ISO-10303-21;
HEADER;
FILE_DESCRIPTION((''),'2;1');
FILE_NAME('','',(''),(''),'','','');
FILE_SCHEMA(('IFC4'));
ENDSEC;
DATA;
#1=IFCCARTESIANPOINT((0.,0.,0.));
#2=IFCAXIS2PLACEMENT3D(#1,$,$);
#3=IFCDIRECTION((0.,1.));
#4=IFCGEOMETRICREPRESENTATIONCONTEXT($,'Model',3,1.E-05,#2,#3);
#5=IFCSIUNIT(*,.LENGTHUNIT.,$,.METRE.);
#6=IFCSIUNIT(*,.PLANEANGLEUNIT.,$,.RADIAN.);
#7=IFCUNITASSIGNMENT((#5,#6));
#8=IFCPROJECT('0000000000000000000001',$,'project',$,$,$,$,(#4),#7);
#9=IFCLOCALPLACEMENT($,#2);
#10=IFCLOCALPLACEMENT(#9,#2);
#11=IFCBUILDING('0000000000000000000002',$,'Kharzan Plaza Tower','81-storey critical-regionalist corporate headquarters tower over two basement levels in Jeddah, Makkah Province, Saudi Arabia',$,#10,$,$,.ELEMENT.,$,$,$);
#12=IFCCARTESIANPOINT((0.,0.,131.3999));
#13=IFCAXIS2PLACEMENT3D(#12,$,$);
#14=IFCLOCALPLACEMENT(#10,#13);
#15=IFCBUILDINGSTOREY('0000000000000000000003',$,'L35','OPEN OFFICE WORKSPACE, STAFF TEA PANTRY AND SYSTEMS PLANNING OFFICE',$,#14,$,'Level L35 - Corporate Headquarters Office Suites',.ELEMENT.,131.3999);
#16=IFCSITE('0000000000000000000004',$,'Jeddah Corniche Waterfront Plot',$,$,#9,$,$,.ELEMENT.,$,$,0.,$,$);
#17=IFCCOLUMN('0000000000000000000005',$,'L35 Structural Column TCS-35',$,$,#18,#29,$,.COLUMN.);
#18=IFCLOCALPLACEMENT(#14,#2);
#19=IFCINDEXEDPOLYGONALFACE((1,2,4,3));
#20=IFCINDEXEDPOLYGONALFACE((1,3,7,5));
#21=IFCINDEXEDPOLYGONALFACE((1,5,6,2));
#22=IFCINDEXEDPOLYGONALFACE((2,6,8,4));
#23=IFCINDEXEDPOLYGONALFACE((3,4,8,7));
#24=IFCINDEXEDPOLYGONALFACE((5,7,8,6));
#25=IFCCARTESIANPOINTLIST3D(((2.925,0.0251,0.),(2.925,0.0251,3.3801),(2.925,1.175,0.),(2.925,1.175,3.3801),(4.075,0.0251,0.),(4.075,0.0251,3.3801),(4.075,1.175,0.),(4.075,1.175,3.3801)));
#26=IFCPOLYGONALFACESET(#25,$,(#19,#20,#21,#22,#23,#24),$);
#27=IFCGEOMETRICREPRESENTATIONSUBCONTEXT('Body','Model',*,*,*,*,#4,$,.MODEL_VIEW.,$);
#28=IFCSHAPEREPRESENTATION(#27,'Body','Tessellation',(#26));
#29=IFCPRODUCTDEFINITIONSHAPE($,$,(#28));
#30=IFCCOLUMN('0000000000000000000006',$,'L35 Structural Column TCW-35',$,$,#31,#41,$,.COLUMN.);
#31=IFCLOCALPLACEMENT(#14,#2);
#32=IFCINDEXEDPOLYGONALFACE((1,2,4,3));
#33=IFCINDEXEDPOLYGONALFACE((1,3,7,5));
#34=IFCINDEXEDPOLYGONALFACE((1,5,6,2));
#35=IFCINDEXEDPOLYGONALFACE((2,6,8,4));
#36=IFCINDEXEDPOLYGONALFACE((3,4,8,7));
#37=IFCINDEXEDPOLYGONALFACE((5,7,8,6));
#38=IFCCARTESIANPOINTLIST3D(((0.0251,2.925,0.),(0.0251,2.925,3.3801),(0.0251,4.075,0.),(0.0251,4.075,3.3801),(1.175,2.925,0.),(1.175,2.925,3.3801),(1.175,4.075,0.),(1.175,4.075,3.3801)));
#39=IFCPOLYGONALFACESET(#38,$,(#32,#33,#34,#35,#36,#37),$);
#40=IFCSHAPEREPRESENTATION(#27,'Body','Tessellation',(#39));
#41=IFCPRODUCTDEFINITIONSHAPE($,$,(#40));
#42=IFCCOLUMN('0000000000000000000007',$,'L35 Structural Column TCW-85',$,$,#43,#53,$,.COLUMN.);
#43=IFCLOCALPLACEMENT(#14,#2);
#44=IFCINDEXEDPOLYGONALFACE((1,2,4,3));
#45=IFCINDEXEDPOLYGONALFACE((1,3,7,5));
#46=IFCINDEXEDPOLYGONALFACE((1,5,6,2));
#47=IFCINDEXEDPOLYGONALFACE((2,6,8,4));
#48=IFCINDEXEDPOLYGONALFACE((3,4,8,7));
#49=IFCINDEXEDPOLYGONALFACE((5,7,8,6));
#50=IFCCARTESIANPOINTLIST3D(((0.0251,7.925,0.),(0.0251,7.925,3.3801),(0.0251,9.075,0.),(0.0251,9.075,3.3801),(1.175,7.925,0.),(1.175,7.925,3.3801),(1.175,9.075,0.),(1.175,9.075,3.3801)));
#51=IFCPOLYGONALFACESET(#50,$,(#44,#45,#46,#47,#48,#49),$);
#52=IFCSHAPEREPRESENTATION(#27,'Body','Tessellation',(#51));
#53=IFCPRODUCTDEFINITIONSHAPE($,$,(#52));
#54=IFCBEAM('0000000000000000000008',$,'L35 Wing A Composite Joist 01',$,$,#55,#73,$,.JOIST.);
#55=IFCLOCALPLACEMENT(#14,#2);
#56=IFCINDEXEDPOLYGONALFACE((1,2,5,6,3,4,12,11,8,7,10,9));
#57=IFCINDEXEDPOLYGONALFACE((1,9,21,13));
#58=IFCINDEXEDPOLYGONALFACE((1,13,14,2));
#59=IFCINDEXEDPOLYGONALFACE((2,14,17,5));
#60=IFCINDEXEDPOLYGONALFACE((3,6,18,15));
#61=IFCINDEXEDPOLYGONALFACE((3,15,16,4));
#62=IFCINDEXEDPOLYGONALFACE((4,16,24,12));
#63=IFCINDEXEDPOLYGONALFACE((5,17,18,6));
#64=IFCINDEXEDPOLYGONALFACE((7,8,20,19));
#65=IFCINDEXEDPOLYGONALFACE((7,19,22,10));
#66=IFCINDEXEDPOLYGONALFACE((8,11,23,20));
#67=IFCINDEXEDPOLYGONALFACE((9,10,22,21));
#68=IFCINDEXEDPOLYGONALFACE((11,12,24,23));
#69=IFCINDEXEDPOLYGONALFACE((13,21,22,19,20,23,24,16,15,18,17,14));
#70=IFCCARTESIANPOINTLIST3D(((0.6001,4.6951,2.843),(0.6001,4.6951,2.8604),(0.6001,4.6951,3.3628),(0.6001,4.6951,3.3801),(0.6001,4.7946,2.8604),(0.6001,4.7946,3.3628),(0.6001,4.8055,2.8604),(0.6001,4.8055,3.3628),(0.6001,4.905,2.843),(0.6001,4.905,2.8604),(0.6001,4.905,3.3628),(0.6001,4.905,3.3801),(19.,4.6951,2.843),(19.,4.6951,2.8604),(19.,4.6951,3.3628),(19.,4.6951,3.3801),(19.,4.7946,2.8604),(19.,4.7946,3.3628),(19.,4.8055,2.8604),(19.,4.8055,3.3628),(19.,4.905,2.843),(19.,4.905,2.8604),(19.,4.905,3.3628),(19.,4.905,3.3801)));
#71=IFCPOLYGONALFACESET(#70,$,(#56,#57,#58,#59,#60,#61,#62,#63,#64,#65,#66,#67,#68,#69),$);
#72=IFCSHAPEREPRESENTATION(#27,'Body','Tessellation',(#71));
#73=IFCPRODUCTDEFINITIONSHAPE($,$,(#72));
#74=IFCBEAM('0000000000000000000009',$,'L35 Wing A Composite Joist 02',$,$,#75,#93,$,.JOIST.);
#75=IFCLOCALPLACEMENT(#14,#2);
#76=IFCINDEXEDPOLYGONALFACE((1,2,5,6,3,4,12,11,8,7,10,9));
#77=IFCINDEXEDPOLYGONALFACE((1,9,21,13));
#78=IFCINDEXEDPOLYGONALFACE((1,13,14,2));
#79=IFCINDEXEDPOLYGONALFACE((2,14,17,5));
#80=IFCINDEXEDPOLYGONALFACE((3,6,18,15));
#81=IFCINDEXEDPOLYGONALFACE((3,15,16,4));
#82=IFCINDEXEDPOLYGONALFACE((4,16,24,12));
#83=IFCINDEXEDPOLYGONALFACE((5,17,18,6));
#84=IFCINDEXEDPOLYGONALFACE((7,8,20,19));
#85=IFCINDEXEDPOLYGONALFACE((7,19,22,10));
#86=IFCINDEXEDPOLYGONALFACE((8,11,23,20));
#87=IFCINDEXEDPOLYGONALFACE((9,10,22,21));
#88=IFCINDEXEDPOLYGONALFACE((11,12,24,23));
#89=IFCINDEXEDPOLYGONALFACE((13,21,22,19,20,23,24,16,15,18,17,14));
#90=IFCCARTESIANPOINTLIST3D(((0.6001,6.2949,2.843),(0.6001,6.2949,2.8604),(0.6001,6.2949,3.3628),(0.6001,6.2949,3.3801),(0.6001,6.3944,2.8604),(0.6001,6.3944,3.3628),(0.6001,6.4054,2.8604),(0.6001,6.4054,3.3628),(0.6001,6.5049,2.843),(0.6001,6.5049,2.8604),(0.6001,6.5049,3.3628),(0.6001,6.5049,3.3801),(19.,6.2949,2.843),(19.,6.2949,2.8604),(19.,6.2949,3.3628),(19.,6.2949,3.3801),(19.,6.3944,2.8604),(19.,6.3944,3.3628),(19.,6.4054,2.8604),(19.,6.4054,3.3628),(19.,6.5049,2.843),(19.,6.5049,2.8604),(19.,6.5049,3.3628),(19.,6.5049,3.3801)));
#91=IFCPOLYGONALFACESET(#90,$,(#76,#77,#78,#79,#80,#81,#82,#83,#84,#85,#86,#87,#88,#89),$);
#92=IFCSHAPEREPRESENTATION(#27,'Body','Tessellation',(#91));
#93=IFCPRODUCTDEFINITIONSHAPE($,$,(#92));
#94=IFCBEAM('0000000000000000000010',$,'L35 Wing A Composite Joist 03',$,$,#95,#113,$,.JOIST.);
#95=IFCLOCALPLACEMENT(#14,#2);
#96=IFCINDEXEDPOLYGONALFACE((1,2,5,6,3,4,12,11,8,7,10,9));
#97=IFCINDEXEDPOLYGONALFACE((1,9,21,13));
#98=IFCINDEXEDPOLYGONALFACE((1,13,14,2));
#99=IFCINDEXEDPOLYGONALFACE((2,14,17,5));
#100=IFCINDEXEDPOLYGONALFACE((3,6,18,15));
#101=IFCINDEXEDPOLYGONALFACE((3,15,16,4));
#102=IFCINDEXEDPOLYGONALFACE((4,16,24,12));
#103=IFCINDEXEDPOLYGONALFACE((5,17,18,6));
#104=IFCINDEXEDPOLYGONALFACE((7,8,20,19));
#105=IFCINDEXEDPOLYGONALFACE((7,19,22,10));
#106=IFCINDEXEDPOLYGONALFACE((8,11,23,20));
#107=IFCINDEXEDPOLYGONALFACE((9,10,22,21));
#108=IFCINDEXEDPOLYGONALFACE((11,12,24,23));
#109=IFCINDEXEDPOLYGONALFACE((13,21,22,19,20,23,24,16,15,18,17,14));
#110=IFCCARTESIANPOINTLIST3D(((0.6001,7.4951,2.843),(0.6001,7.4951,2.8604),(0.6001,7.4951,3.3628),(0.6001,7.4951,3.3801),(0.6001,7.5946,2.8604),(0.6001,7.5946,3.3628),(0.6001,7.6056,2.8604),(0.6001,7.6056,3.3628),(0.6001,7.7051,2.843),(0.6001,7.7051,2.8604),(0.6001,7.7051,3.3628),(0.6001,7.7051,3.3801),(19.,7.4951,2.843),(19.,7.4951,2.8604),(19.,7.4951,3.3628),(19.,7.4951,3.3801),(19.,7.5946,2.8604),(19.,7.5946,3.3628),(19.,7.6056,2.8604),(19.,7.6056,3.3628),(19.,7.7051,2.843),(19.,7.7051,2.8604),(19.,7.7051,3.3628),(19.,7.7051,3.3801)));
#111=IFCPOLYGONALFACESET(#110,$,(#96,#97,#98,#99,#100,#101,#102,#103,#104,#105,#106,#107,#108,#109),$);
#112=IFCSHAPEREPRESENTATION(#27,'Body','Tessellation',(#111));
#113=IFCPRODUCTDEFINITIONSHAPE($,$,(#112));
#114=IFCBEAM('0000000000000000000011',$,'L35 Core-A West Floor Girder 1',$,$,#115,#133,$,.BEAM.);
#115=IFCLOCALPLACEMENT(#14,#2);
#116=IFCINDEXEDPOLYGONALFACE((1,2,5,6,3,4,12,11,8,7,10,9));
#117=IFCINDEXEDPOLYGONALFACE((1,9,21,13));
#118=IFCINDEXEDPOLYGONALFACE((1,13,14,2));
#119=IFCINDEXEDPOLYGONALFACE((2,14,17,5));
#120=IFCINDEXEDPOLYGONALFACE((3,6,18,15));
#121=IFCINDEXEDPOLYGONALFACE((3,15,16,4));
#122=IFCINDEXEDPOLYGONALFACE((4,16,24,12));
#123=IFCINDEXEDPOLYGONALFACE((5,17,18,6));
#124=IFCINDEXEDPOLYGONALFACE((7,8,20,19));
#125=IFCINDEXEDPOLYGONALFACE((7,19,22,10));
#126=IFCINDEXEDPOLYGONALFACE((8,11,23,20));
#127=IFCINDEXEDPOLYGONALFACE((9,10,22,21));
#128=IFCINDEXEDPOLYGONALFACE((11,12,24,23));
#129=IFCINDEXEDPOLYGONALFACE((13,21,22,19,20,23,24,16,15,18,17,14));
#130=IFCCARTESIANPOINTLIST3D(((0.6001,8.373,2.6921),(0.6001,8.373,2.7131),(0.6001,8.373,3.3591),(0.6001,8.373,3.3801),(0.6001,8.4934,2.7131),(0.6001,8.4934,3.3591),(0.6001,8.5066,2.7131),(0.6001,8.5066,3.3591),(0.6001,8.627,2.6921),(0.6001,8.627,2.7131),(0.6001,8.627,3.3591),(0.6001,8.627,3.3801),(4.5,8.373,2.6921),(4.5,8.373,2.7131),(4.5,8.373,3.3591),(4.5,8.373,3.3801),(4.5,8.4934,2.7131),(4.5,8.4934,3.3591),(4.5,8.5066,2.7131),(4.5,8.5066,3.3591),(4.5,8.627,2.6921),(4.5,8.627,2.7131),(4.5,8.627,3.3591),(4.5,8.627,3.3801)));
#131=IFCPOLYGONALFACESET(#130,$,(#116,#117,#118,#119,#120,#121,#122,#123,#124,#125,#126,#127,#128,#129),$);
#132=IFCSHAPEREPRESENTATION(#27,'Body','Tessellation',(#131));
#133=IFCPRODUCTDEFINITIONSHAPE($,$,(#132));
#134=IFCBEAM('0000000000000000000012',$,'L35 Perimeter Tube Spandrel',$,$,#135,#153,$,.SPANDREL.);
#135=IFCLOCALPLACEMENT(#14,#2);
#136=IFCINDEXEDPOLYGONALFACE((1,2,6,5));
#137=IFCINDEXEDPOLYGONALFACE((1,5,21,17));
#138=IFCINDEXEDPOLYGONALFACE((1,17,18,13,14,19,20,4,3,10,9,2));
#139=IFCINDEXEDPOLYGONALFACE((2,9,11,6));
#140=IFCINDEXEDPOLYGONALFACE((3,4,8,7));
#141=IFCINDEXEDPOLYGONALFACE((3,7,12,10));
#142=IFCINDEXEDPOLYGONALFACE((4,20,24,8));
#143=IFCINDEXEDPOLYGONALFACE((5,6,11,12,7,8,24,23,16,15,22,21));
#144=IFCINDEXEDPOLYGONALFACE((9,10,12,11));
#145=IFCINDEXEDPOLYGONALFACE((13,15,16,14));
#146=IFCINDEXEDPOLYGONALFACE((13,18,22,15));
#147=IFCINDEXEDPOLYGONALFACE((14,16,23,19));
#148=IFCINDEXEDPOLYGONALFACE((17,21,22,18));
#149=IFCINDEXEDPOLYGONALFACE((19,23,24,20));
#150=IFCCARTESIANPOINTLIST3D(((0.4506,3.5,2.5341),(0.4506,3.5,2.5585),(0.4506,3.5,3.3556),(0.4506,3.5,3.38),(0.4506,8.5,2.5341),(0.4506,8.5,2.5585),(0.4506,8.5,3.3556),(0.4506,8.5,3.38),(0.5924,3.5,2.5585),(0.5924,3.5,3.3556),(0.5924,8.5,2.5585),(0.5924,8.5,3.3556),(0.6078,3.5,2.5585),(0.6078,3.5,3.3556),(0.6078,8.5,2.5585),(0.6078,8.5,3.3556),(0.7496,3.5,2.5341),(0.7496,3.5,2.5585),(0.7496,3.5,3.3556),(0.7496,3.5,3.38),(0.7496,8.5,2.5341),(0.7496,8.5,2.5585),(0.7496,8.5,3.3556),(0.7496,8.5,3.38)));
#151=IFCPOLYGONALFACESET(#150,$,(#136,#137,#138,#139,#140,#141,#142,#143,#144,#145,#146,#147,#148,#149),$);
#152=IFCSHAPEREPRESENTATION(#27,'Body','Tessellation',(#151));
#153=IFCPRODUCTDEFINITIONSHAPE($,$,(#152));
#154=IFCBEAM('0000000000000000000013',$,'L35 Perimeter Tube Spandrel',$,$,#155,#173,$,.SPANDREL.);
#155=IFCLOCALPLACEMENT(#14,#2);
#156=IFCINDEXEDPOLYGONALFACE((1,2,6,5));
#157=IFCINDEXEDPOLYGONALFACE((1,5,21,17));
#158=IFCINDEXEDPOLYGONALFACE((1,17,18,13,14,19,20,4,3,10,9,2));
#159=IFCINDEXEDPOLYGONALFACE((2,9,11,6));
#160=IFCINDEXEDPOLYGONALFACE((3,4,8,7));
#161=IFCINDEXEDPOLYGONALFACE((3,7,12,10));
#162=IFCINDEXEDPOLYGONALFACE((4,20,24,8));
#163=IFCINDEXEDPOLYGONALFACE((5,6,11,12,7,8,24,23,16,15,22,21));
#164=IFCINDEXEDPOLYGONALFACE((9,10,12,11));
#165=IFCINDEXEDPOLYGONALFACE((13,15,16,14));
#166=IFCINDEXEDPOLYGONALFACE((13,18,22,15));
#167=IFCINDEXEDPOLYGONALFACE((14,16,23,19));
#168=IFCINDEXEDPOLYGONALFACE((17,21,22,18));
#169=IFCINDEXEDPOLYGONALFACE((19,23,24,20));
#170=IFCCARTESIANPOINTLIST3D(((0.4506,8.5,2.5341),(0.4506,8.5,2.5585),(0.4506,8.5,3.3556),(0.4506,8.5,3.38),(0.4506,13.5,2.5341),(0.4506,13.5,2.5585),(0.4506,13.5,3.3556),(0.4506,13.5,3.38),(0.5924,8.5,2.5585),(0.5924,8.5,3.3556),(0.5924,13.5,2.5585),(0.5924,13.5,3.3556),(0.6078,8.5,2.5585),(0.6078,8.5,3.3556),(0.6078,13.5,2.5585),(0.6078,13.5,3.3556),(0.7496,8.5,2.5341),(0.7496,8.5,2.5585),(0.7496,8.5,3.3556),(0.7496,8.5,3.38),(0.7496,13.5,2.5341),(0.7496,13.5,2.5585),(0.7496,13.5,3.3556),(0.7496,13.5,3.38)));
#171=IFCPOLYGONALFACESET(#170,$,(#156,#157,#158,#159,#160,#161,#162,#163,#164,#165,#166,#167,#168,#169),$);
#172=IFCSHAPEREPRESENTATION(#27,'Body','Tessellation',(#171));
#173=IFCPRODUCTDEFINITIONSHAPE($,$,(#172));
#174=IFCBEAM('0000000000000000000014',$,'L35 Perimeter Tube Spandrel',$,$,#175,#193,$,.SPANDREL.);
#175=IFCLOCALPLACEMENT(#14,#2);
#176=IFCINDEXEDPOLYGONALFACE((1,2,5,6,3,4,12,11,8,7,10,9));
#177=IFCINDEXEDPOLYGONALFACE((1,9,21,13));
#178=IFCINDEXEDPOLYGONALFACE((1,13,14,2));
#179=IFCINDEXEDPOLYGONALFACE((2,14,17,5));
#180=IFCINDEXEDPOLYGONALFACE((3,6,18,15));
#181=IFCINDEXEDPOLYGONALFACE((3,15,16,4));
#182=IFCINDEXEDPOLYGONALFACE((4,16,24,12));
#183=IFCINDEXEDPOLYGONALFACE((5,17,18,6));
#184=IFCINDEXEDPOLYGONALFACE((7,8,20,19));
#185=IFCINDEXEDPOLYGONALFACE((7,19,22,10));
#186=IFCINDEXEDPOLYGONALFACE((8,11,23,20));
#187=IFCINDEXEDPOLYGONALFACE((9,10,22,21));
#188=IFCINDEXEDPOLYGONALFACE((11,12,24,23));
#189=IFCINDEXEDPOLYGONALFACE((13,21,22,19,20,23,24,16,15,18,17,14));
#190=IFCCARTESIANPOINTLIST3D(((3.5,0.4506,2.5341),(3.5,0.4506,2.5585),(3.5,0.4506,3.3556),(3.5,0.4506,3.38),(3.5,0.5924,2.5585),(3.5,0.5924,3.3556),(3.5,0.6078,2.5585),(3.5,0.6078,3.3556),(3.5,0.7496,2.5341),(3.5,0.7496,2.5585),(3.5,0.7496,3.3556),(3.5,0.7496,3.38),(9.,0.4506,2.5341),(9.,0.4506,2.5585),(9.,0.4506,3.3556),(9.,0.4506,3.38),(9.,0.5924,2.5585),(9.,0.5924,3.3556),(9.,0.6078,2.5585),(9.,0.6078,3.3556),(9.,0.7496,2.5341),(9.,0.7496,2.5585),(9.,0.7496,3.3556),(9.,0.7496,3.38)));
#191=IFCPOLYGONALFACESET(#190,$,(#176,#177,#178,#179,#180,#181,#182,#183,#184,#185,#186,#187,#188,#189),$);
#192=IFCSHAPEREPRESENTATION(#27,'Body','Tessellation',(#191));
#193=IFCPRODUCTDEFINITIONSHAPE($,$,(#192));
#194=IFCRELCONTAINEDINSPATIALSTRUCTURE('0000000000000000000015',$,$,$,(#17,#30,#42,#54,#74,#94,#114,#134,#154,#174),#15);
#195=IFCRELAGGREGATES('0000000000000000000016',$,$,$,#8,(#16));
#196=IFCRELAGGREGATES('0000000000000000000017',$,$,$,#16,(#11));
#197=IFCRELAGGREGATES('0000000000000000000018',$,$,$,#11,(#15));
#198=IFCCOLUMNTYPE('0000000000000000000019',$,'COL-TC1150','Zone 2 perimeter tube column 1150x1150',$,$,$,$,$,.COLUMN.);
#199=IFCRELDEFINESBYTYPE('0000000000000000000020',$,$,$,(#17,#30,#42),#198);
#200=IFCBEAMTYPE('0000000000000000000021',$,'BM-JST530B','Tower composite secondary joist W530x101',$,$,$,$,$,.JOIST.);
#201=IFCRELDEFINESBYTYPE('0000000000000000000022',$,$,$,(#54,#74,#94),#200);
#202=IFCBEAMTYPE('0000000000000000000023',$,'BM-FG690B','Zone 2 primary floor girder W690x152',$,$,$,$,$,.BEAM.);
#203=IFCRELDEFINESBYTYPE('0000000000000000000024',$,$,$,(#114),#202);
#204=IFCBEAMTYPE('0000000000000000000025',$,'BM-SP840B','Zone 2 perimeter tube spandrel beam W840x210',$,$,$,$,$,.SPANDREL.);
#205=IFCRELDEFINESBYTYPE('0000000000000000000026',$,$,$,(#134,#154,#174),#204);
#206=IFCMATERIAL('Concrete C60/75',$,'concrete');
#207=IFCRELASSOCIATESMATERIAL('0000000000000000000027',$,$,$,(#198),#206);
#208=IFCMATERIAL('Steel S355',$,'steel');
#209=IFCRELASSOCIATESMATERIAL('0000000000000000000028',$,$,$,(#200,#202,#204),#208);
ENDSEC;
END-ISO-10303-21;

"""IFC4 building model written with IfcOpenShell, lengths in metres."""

from ifc_helpers import new_model, si_unit, direction, frame, origin, origin_2d, place, context, subcontext, project, spatial, rectangle, i_section, extrude, source, transform, mapped, material, material_profile, profile_set, type_object, element, save


model = new_model("IFC4")

# Units and contexts
model_context = context("Model", 3, precision=1e-05, world=origin(), true_north=direction((0.0, 1.0)))
body_context = subcontext(model_context, "Body", "Model", "MODEL_VIEW")
ifc_project = project(units=[si_unit("LENGTHUNIT", "METRE"), si_unit("PLANEANGLEUNIT", "RADIAN")], contexts=[model_context])

# Site, building, storey
site_placement = place(None, origin())
site = spatial("IfcSite", under=ifc_project, at=site_placement, Name="Jeddah Corniche Waterfront Plot", CompositionType="ELEMENT", RefElevation=0.0)
building_placement = place(site_placement, origin())
building = spatial("IfcBuilding", under=site, at=building_placement, Name="Kharzan Plaza Tower", Description="81-storey critical-regionalist corporate headquarters tower over two basement levels in Jeddah, Makkah Province, Saudi Arabia", CompositionType="ELEMENT")
storey_placement = place(building_placement, frame((0.0, 0.0, 131.3999)))
storey = spatial("IfcBuildingStorey", under=building, at=storey_placement, Name="L35", Description="OPEN OFFICE WORKSPACE, STAFF TEA PANTRY AND SYSTEMS PLANNING OFFICE", LongName="Level L35 - Corporate Headquarters Office Suites", CompositionType="ELEMENT", Elevation=131.3999)

# Columns
ifc_material_1 = material(Name="Concrete C60/75", Category="concrete")
ifc_material_profile_1 = material_profile(ifc_material_1, rectangle(XDim=1.1499, YDim=1.1499, at=origin_2d()), Name="RC-TC1150x1150")
ifc_profile_set_1 = profile_set([ifc_material_profile_1], Name="Concrete C60/75")
column_type = type_object("IfcColumnType", Name="COL-TC1150", Description="Zone 2 perimeter tube column 1150x1150", PredefinedType="COLUMN", material=ifc_profile_set_1)
shared_shape_1 = source(origin(), body_context, "Body", "SweptSolid", [
    extrude(rectangle(XDim=1.1499, YDim=1.1499, at=origin_2d()), origin(), (0.0, 0.0, 1.0), 3.3801),
])
for number, where, z_axis, x_axis, name in (
    (1, (3.5, 0.6001, 0.0), (0.0, 0.0, 1.0), (1.0, 0.0, 0.0), "L35 Structural Column TCS-35"),
    (2, (0.6001, 3.5, 0.0), (0.0, 0.0, 1.0), (1.0, 0.0, 0.0), "L35 Structural Column TCW-35"),
    (3, (0.6001, 8.5, 0.0), (0.0, 0.0, 1.0), (1.0, 0.0, 0.0), "L35 Structural Column TCW-85"),
):
    element("IfcColumn", number, at=place(storey_placement, frame(where, z_axis=z_axis, x_axis=x_axis)), inside=storey, type_object=column_type, Name=name, PredefinedType="COLUMN", context=body_context, shape_type="MappedRepresentation", body=[
        mapped(shared_shape_1, transform((0.0, 0.0, 0.0), x_axis=(1.0, 0.0, 0.0), y_axis=(0.0, 1.0, 0.0), z_axis=(0.0, 0.0, 1.0))),
    ])

# Beams
ifc_material_2 = material(Name="Steel S355", Category="steel")
ifc_material_profile_2 = material_profile(ifc_material_2, i_section(OverallWidth=0.21, OverallDepth=0.5371, WebThickness=0.011, FlangeThickness=0.0173, at=origin_2d()), Name="W530x101")
ifc_profile_set_2 = profile_set([ifc_material_profile_2], Name="Steel S355")
beam_type_1 = type_object("IfcBeamType", Name="BM-JST530B", Description="Tower composite secondary joist W530x101", PredefinedType="JOIST", material=ifc_profile_set_2)
shared_shape_2 = source(origin(), body_context, "Body", "SweptSolid", [
    extrude(i_section(OverallWidth=0.21, OverallDepth=0.5371, WebThickness=0.011, FlangeThickness=0.0173, at=origin_2d()), origin(), (0.0, 0.0, 1.0), 18.3999),
])
for number, where, z_axis, x_axis, name in (
    (4, (0.6001, 4.8, 3.1116), (1.0, 0.0, 0.0), (0.0, 1.0, 0.0), "L35 Wing A Composite Joist 01"),
    (5, (0.6001, 6.3999, 3.1116), (1.0, 0.0, 0.0), (0.0, 1.0, 0.0), "L35 Wing A Composite Joist 02"),
    (6, (0.6001, 7.6001, 3.1116), (1.0, 0.0, 0.0), (0.0, 1.0, 0.0), "L35 Wing A Composite Joist 03"),
):
    element("IfcBeam", number, at=place(storey_placement, frame(where, z_axis=z_axis, x_axis=x_axis)), inside=storey, type_object=beam_type_1, Name=name, PredefinedType="JOIST", context=body_context, shape_type="MappedRepresentation", body=[
        mapped(shared_shape_2, transform((0.0, 0.0, 0.0), x_axis=(1.0, 0.0, 0.0), y_axis=(0.0, 1.0, 0.0), z_axis=(0.0, 0.0, 1.0))),
    ])
ifc_material_profile_3 = material_profile(ifc_material_2, i_section(OverallWidth=0.2539, OverallDepth=0.688, WebThickness=0.0132, FlangeThickness=0.021, at=origin_2d()), Name="W690x152")
ifc_profile_set_3 = profile_set([ifc_material_profile_3], Name="Steel S355")
beam_type_2 = type_object("IfcBeamType", Name="BM-FG690B", Description="Zone 2 primary floor girder W690x152", PredefinedType="BEAM", material=ifc_profile_set_3)
shared_shape_3 = source(origin(), body_context, "Body", "SweptSolid", [
    extrude(i_section(OverallWidth=0.2539, OverallDepth=0.688, WebThickness=0.0132, FlangeThickness=0.021, at=origin_2d()), origin(), (0.0, 0.0, 1.0), 3.8999),
])
beam_1_placement = place(storey_placement, frame((0.6001, 8.5, 3.0361), z_axis=(1.0, 0.0, 0.0), x_axis=(0.0, 1.0, 0.0)))
element("IfcBeam", 7, at=beam_1_placement, inside=storey, type_object=beam_type_2, Name="L35 Core-A West Floor Girder 1", PredefinedType="BEAM", context=body_context, shape_type="MappedRepresentation", body=[
    mapped(shared_shape_3, transform((0.0, 0.0, 0.0), x_axis=(1.0, 0.0, 0.0), y_axis=(0.0, 1.0, 0.0), z_axis=(0.0, 0.0, 1.0))),
])
ifc_material_profile_4 = material_profile(ifc_material_2, i_section(OverallWidth=0.2991, OverallDepth=0.8459, WebThickness=0.0154, FlangeThickness=0.0244, at=origin_2d()), Name="W840x210")
ifc_profile_set_4 = profile_set([ifc_material_profile_4], Name="Steel S355")
beam_type_3 = type_object("IfcBeamType", Name="BM-SP840B", Description="Zone 2 perimeter tube spandrel beam W840x210", PredefinedType="SPANDREL", material=ifc_profile_set_4)
shared_shape_4 = source(origin(), body_context, "Body", "SweptSolid", [
    extrude(i_section(OverallWidth=0.2991, OverallDepth=0.8459, WebThickness=0.0154, FlangeThickness=0.0244, at=origin_2d()), origin(), (0.0, 0.0, 1.0), 5.0),
])
for number, where, z_axis, x_axis, name in (
    (8, (0.6001, 3.5, 2.957), (0.0, 1.0, 0.0), (-1.0, 0.0, 0.0), "L35 Perimeter Tube Spandrel"),
    (9, (0.6001, 8.5, 2.957), (0.0, 1.0, 0.0), (-1.0, 0.0, 0.0), "L35 Perimeter Tube Spandrel"),
):
    element("IfcBeam", number, at=place(storey_placement, frame(where, z_axis=z_axis, x_axis=x_axis)), inside=storey, type_object=beam_type_3, Name=name, PredefinedType="SPANDREL", context=body_context, shape_type="MappedRepresentation", body=[
        mapped(shared_shape_4, transform((0.0, 0.0, 0.0), x_axis=(1.0, 0.0, 0.0), y_axis=(0.0, 1.0, 0.0), z_axis=(0.0, 0.0, 1.0))),
    ])
shared_shape_5 = source(origin(), body_context, "Body", "SweptSolid", [
    extrude(i_section(OverallWidth=0.2991, OverallDepth=0.8459, WebThickness=0.0154, FlangeThickness=0.0244, at=origin_2d()), origin(), (0.0, 0.0, 1.0), 5.5),
])
beam_2_placement = place(storey_placement, frame((3.5, 0.6001, 2.957), z_axis=(1.0, 0.0, 0.0), x_axis=(0.0, 1.0, 0.0)))
element("IfcBeam", 10, at=beam_2_placement, inside=storey, type_object=beam_type_3, Name="L35 Perimeter Tube Spandrel", PredefinedType="SPANDREL", context=body_context, shape_type="MappedRepresentation", body=[
    mapped(shared_shape_5, transform((0.0, 0.0, 0.0), x_axis=(1.0, 0.0, 0.0), y_axis=(0.0, 1.0, 0.0), z_axis=(0.0, 0.0, 1.0))),
])

save(model, "model.ifc")
